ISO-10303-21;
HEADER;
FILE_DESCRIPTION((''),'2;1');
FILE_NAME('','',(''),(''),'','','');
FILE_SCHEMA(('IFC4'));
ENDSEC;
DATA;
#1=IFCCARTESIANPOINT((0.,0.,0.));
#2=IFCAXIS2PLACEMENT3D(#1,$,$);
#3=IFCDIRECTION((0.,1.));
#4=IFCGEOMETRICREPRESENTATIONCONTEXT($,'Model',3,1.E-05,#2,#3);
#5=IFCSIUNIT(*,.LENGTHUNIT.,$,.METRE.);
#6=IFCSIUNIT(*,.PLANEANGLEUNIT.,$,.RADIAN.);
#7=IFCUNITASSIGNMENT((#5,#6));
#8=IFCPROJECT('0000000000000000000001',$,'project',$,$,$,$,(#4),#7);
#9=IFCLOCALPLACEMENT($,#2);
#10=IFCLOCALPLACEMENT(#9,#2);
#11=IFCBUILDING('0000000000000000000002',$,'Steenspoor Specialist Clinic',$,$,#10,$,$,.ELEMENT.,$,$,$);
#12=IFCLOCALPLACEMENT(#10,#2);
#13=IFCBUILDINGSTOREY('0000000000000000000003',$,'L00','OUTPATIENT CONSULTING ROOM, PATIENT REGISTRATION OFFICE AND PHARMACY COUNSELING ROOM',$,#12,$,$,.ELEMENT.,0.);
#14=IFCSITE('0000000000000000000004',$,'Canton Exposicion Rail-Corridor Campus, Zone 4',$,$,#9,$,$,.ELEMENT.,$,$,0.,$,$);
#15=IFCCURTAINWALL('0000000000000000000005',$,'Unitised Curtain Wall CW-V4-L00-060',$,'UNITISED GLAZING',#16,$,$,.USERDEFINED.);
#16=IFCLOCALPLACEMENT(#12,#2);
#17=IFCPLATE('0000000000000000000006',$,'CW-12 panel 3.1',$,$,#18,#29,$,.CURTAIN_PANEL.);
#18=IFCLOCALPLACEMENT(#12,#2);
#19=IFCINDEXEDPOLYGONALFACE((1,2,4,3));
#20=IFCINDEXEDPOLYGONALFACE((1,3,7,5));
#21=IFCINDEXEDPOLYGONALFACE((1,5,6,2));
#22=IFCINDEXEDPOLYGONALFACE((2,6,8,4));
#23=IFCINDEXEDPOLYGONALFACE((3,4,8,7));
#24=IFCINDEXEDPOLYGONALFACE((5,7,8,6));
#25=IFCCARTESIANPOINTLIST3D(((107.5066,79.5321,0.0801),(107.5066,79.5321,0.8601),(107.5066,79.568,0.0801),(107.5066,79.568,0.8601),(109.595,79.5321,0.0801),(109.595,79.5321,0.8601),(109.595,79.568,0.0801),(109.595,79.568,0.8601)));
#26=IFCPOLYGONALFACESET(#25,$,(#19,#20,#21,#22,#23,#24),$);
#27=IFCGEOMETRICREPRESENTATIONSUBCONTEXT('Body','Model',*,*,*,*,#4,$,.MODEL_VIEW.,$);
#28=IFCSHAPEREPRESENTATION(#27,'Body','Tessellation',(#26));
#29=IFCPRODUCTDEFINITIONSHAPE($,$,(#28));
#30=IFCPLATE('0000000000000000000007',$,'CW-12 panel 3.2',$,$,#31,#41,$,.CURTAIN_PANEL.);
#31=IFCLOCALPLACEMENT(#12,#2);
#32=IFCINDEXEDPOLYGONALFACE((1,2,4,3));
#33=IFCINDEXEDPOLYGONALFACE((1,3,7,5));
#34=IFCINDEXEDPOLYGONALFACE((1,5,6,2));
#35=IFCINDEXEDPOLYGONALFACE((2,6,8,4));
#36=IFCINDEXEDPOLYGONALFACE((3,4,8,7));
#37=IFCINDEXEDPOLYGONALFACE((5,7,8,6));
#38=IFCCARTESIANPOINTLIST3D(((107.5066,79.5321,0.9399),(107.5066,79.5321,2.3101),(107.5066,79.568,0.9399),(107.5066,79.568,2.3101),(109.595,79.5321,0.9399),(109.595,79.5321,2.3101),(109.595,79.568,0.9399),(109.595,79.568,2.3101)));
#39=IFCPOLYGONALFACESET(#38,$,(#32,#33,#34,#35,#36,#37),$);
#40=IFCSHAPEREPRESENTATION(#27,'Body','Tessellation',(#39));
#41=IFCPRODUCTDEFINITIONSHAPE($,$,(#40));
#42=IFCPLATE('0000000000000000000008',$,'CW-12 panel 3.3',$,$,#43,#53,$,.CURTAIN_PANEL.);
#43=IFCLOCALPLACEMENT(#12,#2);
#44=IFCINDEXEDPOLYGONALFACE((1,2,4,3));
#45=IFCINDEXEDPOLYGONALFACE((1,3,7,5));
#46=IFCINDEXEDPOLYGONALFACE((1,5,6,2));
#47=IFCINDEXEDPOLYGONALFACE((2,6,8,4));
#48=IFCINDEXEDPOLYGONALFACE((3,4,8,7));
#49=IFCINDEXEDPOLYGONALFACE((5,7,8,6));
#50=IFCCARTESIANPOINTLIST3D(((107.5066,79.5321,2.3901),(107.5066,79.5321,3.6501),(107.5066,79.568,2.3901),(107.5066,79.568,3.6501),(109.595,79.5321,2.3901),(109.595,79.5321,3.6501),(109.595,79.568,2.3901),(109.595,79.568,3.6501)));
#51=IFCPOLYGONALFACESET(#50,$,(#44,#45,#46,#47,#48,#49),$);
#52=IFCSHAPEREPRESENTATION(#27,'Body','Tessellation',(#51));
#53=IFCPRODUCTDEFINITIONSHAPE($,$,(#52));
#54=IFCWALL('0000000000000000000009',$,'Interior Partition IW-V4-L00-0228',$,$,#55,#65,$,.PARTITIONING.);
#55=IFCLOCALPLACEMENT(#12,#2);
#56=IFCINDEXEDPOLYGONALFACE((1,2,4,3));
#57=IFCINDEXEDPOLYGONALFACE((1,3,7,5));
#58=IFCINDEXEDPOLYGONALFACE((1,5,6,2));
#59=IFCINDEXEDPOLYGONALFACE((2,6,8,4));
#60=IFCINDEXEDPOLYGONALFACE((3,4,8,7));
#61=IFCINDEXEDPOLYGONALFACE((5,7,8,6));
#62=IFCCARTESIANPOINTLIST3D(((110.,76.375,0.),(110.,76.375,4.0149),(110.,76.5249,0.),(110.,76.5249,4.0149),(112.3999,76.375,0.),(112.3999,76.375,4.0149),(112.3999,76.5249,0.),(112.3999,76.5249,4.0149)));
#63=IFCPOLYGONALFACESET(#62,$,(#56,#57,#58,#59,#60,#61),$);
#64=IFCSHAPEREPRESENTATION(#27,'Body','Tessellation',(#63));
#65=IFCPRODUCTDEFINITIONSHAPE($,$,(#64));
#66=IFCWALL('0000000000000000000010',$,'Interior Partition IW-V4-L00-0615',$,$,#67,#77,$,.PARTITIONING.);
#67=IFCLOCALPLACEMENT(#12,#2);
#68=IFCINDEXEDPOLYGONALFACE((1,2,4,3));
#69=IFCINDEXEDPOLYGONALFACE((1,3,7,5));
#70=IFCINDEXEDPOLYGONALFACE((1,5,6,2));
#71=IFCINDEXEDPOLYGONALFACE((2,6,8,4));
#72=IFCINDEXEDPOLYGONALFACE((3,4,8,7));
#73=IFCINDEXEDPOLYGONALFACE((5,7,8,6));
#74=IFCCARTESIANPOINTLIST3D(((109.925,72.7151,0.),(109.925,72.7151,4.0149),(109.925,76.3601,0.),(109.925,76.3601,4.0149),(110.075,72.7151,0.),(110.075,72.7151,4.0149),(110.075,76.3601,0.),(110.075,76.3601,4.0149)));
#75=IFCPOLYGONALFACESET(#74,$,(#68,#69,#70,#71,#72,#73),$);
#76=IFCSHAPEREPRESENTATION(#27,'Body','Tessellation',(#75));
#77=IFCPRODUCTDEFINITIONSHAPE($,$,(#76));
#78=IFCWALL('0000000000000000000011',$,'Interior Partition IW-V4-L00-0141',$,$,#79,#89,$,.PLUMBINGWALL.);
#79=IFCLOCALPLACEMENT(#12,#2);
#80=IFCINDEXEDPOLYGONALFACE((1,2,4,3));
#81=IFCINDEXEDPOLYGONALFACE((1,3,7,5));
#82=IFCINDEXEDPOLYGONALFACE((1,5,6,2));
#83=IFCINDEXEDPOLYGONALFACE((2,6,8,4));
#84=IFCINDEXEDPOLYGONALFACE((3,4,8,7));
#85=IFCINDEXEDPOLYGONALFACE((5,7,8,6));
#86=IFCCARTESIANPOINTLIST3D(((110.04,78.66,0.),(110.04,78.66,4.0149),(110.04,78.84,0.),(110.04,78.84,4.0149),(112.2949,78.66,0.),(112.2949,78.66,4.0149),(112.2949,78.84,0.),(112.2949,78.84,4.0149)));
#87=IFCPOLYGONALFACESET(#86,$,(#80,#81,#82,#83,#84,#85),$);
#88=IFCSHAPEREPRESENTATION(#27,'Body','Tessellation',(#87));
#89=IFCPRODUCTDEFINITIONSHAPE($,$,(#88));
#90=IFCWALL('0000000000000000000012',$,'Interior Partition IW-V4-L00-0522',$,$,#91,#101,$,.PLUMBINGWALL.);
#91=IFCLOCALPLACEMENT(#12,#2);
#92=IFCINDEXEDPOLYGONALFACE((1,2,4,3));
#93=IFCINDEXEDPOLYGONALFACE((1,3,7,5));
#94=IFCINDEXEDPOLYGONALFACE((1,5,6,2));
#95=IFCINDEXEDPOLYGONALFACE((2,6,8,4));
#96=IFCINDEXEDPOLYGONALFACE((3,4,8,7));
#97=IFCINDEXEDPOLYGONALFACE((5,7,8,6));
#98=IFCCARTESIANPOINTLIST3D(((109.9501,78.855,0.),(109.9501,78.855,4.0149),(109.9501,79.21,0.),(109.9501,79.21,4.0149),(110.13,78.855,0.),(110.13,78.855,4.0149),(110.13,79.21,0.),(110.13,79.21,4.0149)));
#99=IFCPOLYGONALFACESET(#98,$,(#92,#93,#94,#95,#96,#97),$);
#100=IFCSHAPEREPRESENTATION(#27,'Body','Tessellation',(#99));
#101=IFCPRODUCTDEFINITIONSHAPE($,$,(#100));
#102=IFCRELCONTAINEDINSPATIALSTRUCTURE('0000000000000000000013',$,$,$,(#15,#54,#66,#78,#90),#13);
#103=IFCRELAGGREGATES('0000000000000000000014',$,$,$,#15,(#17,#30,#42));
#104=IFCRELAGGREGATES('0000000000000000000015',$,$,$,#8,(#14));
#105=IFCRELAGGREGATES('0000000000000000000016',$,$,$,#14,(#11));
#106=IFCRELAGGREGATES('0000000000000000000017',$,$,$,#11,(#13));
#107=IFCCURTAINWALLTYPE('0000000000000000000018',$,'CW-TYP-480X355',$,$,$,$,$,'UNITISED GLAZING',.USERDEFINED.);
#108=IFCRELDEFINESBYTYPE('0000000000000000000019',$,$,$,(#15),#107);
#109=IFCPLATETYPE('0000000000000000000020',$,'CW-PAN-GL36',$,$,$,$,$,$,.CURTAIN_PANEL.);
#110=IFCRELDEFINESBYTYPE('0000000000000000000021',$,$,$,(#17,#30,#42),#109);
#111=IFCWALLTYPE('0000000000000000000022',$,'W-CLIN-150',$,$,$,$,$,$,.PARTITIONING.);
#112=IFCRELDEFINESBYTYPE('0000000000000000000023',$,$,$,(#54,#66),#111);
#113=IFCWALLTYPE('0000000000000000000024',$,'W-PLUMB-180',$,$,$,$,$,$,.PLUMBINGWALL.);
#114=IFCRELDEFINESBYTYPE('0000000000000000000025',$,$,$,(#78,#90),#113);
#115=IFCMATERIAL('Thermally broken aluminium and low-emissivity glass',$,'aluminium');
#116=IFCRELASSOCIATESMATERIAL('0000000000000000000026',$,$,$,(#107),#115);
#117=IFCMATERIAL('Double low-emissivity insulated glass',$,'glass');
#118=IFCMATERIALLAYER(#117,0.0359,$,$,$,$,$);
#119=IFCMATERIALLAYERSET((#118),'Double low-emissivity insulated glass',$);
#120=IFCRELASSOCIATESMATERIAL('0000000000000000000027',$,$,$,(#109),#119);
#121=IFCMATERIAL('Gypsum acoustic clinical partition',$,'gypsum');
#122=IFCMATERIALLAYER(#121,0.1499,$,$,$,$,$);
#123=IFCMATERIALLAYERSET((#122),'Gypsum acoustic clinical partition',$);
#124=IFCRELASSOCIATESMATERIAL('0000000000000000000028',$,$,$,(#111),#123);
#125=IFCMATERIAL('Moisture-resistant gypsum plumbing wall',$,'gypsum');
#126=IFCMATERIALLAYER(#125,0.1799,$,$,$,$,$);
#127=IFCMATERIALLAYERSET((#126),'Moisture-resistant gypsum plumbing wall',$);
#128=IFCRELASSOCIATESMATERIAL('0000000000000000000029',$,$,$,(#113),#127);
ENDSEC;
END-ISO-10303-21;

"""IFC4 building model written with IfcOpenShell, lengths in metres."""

from ifc_helpers import new_model, si_unit, direction, frame, frame_2d, origin, origin_2d, place, context, subcontext, project, spatial, rectangle, extrude, material, layer, layer_set, type_object, element, aggregate, save


model = new_model("IFC4")

# Units and contexts
model_context = context("Model", 3, precision=1e-05, world=origin(), true_north=direction((0.0, 1.0)))
body_context = subcontext(model_context, "Body", "Model", "MODEL_VIEW")
ifc_project = project(units=[si_unit("LENGTHUNIT", "METRE"), si_unit("PLANEANGLEUNIT", "RADIAN")], contexts=[model_context])

# Site, building, storey
site_placement = place(None, origin())
site = spatial("IfcSite", under=ifc_project, at=site_placement, Name="Canton Exposicion Rail-Corridor Campus, Zone 4", CompositionType="ELEMENT", RefElevation=0.0)
building_placement = place(site_placement, origin())
building = spatial("IfcBuilding", under=site, at=building_placement, Name="Steenspoor Specialist Clinic", CompositionType="ELEMENT")
storey_placement = place(building_placement, origin())
storey = spatial("IfcBuildingStorey", under=building, at=storey_placement, Name="L00", Description="OUTPATIENT CONSULTING ROOM, PATIENT REGISTRATION OFFICE AND PHARMACY COUNSELING ROOM", CompositionType="ELEMENT", Elevation=0.0)

# Curtain wall
ifc_material_1 = material(Name="Thermally broken aluminium and low-emissivity glass", Category="aluminium")
curtain_wall_type = type_object("IfcCurtainWallType", Name="CW-TYP-480X355", ElementType="UNITISED GLAZING", PredefinedType="USERDEFINED", material=ifc_material_1)
curtain_wall_placement = place(storey_placement, origin())
curtain_wall = element("IfcCurtainWall", 1, at=curtain_wall_placement, inside=storey, type_object=curtain_wall_type, Name="Unitised Curtain Wall CW-V4-L00-060", ObjectType="UNITISED GLAZING", PredefinedType="USERDEFINED")

# Plates
ifc_material_2 = material(Name="Double low-emissivity insulated glass", Category="glass")
ifc_layer_1 = layer(ifc_material_2, 0.0359)
ifc_layer_set_1 = layer_set([ifc_layer_1], Name="Double low-emissivity insulated glass")
plate_type = type_object("IfcPlateType", Name="CW-PAN-GL36", PredefinedType="CURTAIN_PANEL", material=ifc_layer_set_1)
plate_1_placement = place(storey_placement, frame((108.5508, 79.55, 0.0801), z_axis=(0.0, 0.0, 1.0), x_axis=(1.0, 0.0, 0.0)))
plate_1 = element("IfcPlate", 2, at=plate_1_placement, type_object=plate_type, Name="CW-12 panel 3.1", PredefinedType="CURTAIN_PANEL", context=body_context, shape_type="SweptSolid", body=[
    extrude(rectangle(XDim=2.0884, YDim=0.0359, at=origin_2d()), origin(), (0.0, 0.0, 1.0), 0.78),
])
plate_2_placement = place(storey_placement, frame((108.5508, 79.55, 0.9399), z_axis=(0.0, 0.0, 1.0), x_axis=(1.0, 0.0, 0.0)))
plate_2 = element("IfcPlate", 3, at=plate_2_placement, type_object=plate_type, Name="CW-12 panel 3.2", PredefinedType="CURTAIN_PANEL", context=body_context, shape_type="SweptSolid", body=[
    extrude(rectangle(XDim=2.0884, YDim=0.0359, at=origin_2d()), origin(), (0.0, 0.0, 1.0), 1.3701),
])
plate_3_placement = place(storey_placement, frame((108.5508, 79.55, 2.3901), z_axis=(0.0, 0.0, 1.0), x_axis=(1.0, 0.0, 0.0)))
plate_3 = element("IfcPlate", 4, at=plate_3_placement, type_object=plate_type, Name="CW-12 panel 3.3", PredefinedType="CURTAIN_PANEL", context=body_context, shape_type="SweptSolid", body=[
    extrude(rectangle(XDim=2.0884, YDim=0.0359, at=origin_2d()), origin(), (0.0, 0.0, 1.0), 1.26),
])
aggregate(curtain_wall, [plate_1, plate_2, plate_3])

# Walls
ifc_material_3 = material(Name="Gypsum acoustic clinical partition", Category="gypsum")
ifc_layer_2 = layer(ifc_material_3, 0.1499)
ifc_layer_set_2 = layer_set([ifc_layer_2], Name="Gypsum acoustic clinical partition")
wall_type_1 = type_object("IfcWallType", Name="W-CLIN-150", PredefinedType="PARTITIONING", material=ifc_layer_set_2)
wall_1_placement = place(storey_placement, frame((110.0, 76.45, 0.0), z_axis=(0.0, 0.0, 1.0), x_axis=(1.0, 0.0, 0.0)))
element("IfcWall", 5, at=wall_1_placement, inside=storey, type_object=wall_type_1, Name="Interior Partition IW-V4-L00-0228", PredefinedType="PARTITIONING", context=body_context, shape_type="SweptSolid", body=[
    extrude(rectangle(XDim=2.3999, YDim=0.1499, at=frame_2d((1.2, 0.0))), origin(), (0.0, 0.0, 1.0), 4.0149),
])
wall_2_placement = place(storey_placement, frame((110.0, 72.7151, 0.0), z_axis=(0.0, 0.0, 1.0), x_axis=(0.0, 1.0, 0.0)))
element("IfcWall", 6, at=wall_2_placement, inside=storey, type_object=wall_type_1, Name="Interior Partition IW-V4-L00-0615", PredefinedType="PARTITIONING", context=body_context, shape_type="SweptSolid", body=[
    extrude(rectangle(XDim=3.645, YDim=0.1499, at=frame_2d((1.8225, 0.0))), origin(), (0.0, 0.0, 1.0), 4.0149),
])
ifc_material_4 = material(Name="Moisture-resistant gypsum plumbing wall", Category="gypsum")
ifc_layer_3 = layer(ifc_material_4, 0.1799)
ifc_layer_set_3 = layer_set([ifc_layer_3], Name="Moisture-resistant gypsum plumbing wall")
wall_type_2 = type_object("IfcWallType", Name="W-PLUMB-180", PredefinedType="PLUMBINGWALL", material=ifc_layer_set_3)
wall_3_placement = place(storey_placement, frame((110.04, 78.75, 0.0), z_axis=(0.0, 0.0, 1.0), x_axis=(1.0, 0.0, 0.0)))
element("IfcWall", 7, at=wall_3_placement, inside=storey, type_object=wall_type_2, Name="Interior Partition IW-V4-L00-0141", PredefinedType="PLUMBINGWALL", context=body_context, shape_type="SweptSolid", body=[
    extrude(rectangle(XDim=2.2549, YDim=0.1799, at=frame_2d((1.1274, 0.0))), origin(), (0.0, 0.0, 1.0), 4.0149),
])
wall_4_placement = place(storey_placement, frame((110.04, 78.855, 0.0), z_axis=(0.0, 0.0, 1.0), x_axis=(0.0, 1.0, 0.0)))
element("IfcWall", 8, at=wall_4_placement, inside=storey, type_object=wall_type_2, Name="Interior Partition IW-V4-L00-0522", PredefinedType="PLUMBINGWALL", context=body_context, shape_type="SweptSolid", body=[
    extrude(rectangle(XDim=0.355, YDim=0.1799, at=frame_2d((0.1775, 0.0))), origin(), (0.0, 0.0, 1.0), 4.0149),
])

save(model, "model.ifc")
